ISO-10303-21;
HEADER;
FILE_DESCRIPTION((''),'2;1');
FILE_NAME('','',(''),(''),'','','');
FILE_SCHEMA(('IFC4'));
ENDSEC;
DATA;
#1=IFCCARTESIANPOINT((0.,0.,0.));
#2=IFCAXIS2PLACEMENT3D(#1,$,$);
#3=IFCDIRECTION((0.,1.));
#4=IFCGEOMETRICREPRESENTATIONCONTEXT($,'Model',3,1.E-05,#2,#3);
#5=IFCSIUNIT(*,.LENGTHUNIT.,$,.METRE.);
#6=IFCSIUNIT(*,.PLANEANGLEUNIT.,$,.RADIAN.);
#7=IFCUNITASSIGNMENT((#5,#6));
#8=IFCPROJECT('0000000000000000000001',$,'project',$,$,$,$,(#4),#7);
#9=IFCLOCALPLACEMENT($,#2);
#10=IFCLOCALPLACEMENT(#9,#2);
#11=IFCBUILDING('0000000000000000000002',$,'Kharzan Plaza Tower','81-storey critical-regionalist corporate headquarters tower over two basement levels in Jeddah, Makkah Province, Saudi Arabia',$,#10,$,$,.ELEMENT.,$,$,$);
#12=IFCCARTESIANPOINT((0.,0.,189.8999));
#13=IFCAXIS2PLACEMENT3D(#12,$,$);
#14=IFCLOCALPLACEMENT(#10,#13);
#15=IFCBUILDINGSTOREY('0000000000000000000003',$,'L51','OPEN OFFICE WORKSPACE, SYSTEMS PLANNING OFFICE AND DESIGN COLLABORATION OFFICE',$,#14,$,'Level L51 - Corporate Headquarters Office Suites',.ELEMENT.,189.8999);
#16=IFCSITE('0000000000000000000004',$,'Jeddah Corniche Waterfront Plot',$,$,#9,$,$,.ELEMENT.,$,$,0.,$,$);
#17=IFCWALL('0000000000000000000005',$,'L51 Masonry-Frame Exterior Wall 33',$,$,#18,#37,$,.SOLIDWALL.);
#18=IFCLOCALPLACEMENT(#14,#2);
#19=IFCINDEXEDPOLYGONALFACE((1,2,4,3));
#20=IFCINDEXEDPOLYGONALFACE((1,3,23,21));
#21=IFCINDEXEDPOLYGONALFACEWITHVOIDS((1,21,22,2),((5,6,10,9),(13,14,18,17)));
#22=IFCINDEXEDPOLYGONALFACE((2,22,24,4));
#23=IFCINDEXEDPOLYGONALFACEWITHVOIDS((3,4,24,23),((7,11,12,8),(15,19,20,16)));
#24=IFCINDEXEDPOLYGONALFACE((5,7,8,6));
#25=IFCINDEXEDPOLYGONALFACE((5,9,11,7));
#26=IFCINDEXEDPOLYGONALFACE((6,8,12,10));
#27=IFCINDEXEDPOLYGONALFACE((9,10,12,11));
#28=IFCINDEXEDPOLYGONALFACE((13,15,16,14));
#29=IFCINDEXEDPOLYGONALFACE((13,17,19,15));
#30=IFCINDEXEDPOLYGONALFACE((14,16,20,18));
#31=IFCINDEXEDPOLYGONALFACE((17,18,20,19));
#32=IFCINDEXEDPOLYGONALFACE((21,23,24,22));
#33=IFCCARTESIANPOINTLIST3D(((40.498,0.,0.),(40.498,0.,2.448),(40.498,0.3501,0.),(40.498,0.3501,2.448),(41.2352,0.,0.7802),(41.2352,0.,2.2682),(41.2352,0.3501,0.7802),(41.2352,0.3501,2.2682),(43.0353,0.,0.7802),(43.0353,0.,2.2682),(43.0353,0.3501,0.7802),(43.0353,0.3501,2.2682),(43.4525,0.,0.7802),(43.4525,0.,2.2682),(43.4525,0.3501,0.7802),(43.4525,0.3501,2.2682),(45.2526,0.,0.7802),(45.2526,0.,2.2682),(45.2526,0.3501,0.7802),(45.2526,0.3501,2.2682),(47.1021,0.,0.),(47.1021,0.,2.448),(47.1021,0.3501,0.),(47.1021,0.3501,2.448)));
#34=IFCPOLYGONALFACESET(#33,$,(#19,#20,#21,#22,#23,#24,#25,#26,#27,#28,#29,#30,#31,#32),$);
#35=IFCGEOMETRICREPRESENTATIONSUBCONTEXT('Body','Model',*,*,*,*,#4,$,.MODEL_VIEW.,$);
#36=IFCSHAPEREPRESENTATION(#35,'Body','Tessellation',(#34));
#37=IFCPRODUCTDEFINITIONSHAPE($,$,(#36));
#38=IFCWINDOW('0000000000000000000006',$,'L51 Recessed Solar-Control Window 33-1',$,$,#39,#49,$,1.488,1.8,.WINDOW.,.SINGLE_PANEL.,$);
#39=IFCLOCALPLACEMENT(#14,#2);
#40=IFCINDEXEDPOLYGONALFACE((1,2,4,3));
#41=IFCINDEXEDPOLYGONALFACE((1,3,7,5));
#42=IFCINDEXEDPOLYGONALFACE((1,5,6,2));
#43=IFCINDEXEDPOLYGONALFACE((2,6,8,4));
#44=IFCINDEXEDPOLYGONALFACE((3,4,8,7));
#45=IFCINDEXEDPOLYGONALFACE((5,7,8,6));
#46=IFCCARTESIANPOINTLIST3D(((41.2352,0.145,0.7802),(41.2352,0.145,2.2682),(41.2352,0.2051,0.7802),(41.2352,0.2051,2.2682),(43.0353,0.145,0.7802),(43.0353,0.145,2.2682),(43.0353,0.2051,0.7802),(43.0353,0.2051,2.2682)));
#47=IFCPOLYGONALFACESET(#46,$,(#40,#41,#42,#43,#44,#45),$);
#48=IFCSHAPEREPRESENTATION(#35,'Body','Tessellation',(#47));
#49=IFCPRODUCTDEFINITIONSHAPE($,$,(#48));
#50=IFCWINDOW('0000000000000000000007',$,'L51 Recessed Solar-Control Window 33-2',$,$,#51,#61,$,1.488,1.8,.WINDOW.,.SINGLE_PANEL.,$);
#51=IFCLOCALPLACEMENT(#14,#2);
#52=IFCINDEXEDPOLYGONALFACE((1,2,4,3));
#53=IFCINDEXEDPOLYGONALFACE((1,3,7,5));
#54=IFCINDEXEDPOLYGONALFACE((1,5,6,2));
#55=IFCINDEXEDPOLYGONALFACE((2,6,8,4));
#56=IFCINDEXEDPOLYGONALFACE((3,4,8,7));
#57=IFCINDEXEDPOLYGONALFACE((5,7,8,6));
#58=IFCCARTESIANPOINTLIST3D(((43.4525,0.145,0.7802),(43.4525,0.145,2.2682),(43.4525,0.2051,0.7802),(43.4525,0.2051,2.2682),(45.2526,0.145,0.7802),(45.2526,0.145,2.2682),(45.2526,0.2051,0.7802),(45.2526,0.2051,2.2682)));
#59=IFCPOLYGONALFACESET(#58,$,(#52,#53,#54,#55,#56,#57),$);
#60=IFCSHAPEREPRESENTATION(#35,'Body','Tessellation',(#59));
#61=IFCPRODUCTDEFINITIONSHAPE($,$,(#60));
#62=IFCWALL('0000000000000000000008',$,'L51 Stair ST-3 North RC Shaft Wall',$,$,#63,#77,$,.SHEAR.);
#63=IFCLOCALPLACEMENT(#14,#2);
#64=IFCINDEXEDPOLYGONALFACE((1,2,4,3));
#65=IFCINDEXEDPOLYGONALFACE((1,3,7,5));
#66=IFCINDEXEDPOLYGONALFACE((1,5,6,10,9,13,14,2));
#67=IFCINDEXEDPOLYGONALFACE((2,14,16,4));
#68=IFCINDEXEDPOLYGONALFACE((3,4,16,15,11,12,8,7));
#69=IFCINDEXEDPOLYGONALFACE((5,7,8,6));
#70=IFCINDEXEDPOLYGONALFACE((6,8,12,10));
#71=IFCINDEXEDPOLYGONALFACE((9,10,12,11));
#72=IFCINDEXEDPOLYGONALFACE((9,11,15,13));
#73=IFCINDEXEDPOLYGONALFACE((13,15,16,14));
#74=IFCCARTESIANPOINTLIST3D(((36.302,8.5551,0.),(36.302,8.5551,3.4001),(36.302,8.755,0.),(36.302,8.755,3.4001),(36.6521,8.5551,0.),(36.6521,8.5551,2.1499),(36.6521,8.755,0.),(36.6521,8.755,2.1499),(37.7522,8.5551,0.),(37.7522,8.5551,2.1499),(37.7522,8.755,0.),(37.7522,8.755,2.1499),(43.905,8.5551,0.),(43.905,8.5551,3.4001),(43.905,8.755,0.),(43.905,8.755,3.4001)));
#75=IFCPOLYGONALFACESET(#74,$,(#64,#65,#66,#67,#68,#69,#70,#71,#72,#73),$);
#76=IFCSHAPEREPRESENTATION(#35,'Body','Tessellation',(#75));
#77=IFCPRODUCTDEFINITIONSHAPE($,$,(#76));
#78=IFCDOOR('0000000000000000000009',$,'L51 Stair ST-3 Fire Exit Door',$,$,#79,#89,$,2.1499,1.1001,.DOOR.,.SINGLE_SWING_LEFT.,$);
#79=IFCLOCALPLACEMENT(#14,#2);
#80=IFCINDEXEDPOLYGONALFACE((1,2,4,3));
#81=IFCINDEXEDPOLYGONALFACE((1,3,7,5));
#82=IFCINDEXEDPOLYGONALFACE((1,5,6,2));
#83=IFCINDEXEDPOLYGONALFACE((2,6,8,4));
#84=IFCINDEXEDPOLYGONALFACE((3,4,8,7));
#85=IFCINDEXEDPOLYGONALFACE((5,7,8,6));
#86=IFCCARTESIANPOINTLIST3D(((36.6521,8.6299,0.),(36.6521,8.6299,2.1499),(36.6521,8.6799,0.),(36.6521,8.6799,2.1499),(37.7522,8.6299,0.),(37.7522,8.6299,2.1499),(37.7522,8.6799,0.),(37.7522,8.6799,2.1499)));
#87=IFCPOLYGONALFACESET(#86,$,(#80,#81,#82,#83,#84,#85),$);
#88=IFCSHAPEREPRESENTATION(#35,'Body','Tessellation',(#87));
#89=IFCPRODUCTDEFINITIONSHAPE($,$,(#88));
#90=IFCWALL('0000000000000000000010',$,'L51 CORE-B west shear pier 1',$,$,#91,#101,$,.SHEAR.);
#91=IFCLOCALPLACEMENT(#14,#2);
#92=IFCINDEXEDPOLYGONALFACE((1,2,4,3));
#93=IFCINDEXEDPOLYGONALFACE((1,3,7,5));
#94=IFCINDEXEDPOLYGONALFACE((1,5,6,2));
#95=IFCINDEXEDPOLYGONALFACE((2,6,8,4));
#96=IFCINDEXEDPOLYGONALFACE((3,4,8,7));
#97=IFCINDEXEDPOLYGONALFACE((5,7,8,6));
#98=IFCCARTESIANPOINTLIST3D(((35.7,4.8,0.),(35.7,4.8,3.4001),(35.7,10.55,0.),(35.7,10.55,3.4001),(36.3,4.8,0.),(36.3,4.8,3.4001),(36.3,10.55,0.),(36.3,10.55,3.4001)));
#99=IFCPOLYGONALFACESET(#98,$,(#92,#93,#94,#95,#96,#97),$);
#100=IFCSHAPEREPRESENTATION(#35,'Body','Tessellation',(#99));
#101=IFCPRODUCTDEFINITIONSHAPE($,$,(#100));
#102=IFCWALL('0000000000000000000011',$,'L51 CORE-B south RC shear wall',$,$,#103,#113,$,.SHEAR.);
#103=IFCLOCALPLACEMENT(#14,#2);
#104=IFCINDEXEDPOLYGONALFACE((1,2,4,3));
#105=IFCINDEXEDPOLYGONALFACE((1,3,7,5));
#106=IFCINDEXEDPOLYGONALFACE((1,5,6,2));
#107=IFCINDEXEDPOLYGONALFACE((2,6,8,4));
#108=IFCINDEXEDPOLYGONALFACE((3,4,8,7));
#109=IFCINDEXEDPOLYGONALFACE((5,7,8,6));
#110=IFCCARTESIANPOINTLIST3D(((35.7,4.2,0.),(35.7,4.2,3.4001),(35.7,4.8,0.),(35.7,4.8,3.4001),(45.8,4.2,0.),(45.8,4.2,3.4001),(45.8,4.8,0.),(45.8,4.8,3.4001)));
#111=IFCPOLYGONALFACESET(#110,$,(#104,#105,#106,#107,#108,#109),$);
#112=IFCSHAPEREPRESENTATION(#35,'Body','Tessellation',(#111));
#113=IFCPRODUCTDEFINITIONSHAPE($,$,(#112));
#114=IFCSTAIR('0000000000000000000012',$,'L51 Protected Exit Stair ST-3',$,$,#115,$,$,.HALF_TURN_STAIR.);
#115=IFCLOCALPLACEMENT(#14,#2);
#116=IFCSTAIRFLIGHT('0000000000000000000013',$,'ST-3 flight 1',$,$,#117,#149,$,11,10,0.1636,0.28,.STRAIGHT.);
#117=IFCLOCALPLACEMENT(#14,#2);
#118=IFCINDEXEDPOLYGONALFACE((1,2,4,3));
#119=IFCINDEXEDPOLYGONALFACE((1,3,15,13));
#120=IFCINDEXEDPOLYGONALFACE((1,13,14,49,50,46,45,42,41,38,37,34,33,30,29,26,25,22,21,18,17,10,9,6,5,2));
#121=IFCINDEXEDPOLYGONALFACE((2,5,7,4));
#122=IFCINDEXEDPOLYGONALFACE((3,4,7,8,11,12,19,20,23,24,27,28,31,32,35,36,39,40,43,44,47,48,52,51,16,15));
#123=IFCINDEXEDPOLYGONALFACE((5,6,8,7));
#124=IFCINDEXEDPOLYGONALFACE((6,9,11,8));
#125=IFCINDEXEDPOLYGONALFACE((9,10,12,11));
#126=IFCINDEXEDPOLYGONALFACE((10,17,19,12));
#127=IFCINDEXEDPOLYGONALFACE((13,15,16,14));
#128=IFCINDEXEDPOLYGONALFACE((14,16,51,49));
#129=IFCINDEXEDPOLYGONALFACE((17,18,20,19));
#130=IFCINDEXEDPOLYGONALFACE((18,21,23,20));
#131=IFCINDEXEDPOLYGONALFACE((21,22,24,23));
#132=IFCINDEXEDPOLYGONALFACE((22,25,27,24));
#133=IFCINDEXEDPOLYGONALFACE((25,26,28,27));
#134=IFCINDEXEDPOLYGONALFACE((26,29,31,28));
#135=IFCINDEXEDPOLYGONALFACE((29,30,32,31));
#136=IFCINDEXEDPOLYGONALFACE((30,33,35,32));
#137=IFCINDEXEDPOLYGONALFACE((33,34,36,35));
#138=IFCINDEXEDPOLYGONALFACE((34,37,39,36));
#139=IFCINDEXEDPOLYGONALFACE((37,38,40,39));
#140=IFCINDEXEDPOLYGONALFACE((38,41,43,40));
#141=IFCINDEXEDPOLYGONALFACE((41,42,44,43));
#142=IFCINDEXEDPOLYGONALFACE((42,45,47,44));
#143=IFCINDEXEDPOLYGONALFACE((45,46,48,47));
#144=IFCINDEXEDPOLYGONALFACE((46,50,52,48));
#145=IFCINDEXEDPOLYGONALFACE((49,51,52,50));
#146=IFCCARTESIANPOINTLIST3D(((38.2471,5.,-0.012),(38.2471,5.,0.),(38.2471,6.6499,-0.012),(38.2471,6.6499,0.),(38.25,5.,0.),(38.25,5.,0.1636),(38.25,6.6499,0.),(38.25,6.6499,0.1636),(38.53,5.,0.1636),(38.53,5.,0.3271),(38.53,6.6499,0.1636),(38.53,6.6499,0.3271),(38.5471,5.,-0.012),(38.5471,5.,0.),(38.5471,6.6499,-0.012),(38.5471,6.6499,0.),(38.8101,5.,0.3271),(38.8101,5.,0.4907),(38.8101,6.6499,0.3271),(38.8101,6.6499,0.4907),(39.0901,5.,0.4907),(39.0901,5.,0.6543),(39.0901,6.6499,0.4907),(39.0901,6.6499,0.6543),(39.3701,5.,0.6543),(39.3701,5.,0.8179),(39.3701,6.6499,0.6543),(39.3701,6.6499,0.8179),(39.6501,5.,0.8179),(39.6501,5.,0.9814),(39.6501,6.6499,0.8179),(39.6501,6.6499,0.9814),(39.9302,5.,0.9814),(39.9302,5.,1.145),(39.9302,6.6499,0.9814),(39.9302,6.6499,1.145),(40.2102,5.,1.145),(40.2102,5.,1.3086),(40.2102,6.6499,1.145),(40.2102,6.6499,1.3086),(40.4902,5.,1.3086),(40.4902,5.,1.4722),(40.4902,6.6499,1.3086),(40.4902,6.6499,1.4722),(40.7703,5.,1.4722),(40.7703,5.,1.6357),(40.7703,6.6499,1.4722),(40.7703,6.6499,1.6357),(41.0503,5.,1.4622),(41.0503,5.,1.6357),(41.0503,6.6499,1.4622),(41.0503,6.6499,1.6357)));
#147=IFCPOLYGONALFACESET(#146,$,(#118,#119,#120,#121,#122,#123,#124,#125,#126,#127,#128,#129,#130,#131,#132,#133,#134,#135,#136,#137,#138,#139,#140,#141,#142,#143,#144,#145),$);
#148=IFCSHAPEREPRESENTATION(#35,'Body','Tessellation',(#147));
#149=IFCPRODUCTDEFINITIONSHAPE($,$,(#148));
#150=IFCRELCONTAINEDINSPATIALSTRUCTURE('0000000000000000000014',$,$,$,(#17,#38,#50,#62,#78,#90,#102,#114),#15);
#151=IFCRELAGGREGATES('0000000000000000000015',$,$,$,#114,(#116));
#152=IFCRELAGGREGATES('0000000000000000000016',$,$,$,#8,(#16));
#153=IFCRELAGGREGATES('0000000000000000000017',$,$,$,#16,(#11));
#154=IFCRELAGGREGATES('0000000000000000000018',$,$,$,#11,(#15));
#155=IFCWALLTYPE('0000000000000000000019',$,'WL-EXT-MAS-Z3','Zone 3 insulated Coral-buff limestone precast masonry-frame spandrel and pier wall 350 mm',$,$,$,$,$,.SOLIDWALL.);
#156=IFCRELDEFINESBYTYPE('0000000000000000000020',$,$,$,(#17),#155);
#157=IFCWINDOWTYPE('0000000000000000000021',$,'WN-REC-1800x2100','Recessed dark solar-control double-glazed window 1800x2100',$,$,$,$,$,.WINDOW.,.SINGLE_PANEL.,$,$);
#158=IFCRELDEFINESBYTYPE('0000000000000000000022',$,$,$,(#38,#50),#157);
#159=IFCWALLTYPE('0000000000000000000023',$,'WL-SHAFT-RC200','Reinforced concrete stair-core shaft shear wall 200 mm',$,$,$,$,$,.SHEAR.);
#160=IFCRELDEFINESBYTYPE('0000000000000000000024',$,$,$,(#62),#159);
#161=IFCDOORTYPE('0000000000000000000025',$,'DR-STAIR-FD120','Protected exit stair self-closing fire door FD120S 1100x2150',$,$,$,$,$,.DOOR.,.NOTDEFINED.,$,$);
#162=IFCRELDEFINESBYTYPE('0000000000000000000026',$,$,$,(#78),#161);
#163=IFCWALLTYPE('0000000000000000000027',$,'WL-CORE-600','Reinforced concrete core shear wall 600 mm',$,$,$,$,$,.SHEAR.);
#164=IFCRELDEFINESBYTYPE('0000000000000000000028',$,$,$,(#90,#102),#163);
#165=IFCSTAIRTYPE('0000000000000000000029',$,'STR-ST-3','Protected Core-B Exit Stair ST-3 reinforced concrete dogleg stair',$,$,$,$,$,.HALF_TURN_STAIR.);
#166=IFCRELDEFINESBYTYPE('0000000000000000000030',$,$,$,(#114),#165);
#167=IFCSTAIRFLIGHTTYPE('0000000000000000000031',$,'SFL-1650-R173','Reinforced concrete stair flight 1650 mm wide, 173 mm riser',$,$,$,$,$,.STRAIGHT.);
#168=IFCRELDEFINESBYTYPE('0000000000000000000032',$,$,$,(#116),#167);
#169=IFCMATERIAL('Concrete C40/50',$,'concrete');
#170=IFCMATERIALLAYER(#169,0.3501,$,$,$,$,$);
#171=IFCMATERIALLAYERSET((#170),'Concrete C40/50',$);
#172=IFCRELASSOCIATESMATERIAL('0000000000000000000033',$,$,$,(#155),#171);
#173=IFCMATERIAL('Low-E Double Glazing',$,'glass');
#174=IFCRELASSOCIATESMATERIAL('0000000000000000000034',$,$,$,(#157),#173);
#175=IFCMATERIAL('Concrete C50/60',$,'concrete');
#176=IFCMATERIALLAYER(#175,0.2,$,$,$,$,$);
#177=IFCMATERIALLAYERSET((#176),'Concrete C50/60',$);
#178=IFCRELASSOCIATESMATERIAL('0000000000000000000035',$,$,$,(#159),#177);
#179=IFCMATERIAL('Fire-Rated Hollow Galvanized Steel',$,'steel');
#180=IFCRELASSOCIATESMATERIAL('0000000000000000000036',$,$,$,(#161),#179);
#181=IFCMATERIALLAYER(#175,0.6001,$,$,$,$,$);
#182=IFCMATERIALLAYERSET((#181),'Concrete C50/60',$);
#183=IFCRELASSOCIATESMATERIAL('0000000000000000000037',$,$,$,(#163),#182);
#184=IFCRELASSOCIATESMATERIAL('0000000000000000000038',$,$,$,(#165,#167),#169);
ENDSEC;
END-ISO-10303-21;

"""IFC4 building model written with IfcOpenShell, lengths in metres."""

from ifc_helpers import new_model, si_unit, direction, frame, frame_2d, origin, place, context, subcontext, project, spatial, polyline, rectangle, outline, extrude, source, transform, mapped, material, layer, layer_set, type_object, element, fill, aggregate, save


model = new_model("IFC4")

# Units and contexts
model_context = context("Model", 3, precision=1e-05, world=origin(), true_north=direction((0.0, 1.0)))
body_context = subcontext(model_context, "Body", "Model", "MODEL_VIEW")
ifc_project = project(units=[si_unit("LENGTHUNIT", "METRE"), si_unit("PLANEANGLEUNIT", "RADIAN")], contexts=[model_context])

# Site, building, storey
site_placement = place(None, origin())
site = spatial("IfcSite", under=ifc_project, at=site_placement, Name="Jeddah Corniche Waterfront Plot", CompositionType="ELEMENT", RefElevation=0.0)
building_placement = place(site_placement, origin())
building = spatial("IfcBuilding", under=site, at=building_placement, Name="Kharzan Plaza Tower", Description="81-storey critical-regionalist corporate headquarters tower over two basement levels in Jeddah, Makkah Province, Saudi Arabia", CompositionType="ELEMENT")
storey_placement = place(building_placement, frame((0.0, 0.0, 189.8999)))
storey = spatial("IfcBuildingStorey", under=building, at=storey_placement, Name="L51", Description="OPEN OFFICE WORKSPACE, SYSTEMS PLANNING OFFICE AND DESIGN COLLABORATION OFFICE", LongName="Level L51 - Corporate Headquarters Office Suites", CompositionType="ELEMENT", Elevation=189.8999)

# Shared definitions
ifc_material_1 = material(Name="Concrete C50/60", Category="concrete")

# Shared definitions
ifc_material_2 = material(Name="Concrete C40/50", Category="concrete")
ifc_layer_1 = layer(ifc_material_2, 0.3501)
ifc_layer_set_1 = layer_set([ifc_layer_1], Name="Concrete C40/50")
wall_type_1 = type_object("IfcWallType", Name="WL-EXT-MAS-Z3", Description="Zone 3 insulated Coral-buff limestone precast masonry-frame spandrel and pier wall 350 mm", PredefinedType="SOLIDWALL", material=ifc_layer_set_1)
ifc_material_3 = material(Name="Low-E Double Glazing", Category="glass")

# Wall, openings, windows
wall_1_placement = place(storey_placement, frame((40.498, 0.175, 0.0), z_axis=(0.0, 0.0, 1.0), x_axis=(1.0, 0.0, 0.0)))
wall_1 = element("IfcWall", 1, at=wall_1_placement, inside=storey, type_object=wall_type_1, Name="L51 Masonry-Frame Exterior Wall 33", PredefinedType="SOLIDWALL", context=body_context, shape_type="SweptSolid", body=[
    extrude(rectangle(XDim=6.604, YDim=0.3501, at=frame_2d((3.302, 0.0))), origin(), (0.0, 0.0, 1.0), 2.448),
])
opening_1_placement = place(wall_1_placement, frame((0.7373, 0.0, 0.78)))
opening_1 = element("IfcOpeningElement", 2, at=opening_1_placement, cuts=wall_1, PredefinedType="OPENING", context=body_context, shape_type="SweptSolid", body=[
    extrude(rectangle(XDim=1.8, YDim=1.488, at=frame_2d((0.8999, 0.7441))), frame((0.0, 0.1851, 0.0), z_axis=(0.0, -1.0, 0.0), x_axis=(1.0, 0.0, 0.0)), (0.0, 0.0, 1.0), 0.3701),
])
opening_2_placement = place(wall_1_placement, frame((2.9546, 0.0, 0.78)))
opening_2 = element("IfcOpeningElement", 3, at=opening_2_placement, cuts=wall_1, PredefinedType="OPENING", context=body_context, shape_type="SweptSolid", body=[
    extrude(rectangle(XDim=1.8, YDim=1.488, at=frame_2d((0.8999, 0.7441))), frame((0.0, 0.1851, 0.0), z_axis=(0.0, -1.0, 0.0), x_axis=(1.0, 0.0, 0.0)), (0.0, 0.0, 1.0), 0.3701),
])
window_type_1 = type_object("IfcWindowType", Name="WN-REC-1800x2100", Description="Recessed dark solar-control double-glazed window 1800x2100", PartitioningType="SINGLE_PANEL", PredefinedType="WINDOW", material=ifc_material_3)
shared_shape_1 = source(origin(), body_context, "Body", "SweptSolid", [
    extrude(rectangle(XDim=1.8, YDim=1.488, at=frame_2d((0.8999, 0.7441))), frame((0.0, 0.03, 0.0), z_axis=(0.0, -1.0, 0.0), x_axis=(1.0, 0.0, 0.0)), (0.0, 0.0, 1.0), 0.0601),
])
window_1_placement = place(opening_1_placement, origin())
window_1 = element("IfcWindow", 4, at=window_1_placement, inside=storey, type_object=window_type_1, Name="L51 Recessed Solar-Control Window 33-1", OverallHeight=1.488, OverallWidth=1.8, PartitioningType="SINGLE_PANEL", PredefinedType="WINDOW", context=body_context, shape_type="MappedRepresentation", body=[
    mapped(shared_shape_1, transform((0.0, 0.0, 0.0), x_axis=(1.0, 0.0, 0.0), y_axis=(0.0, 1.0, 0.0), z_axis=(0.0, 0.0, 1.0))),
])
fill(opening_1, window_1)
window_2_placement = place(opening_2_placement, origin())
window_2 = element("IfcWindow", 5, at=window_2_placement, inside=storey, type_object=window_type_1, Name="L51 Recessed Solar-Control Window 33-2", OverallHeight=1.488, OverallWidth=1.8, PartitioningType="SINGLE_PANEL", PredefinedType="WINDOW", context=body_context, shape_type="MappedRepresentation", body=[
    mapped(shared_shape_1, transform((0.0, 0.0, 0.0), x_axis=(1.0, 0.0, 0.0), y_axis=(0.0, 1.0, 0.0), z_axis=(0.0, 0.0, 1.0))),
])
fill(opening_2, window_2)

# Wall, opening, door
ifc_layer_2 = layer(ifc_material_1, 0.2)
ifc_layer_set_2 = layer_set([ifc_layer_2], Name="Concrete C50/60")
wall_type_2 = type_object("IfcWallType", Name="WL-SHAFT-RC200", Description="Reinforced concrete stair-core shaft shear wall 200 mm", PredefinedType="SHEAR", material=ifc_layer_set_2)
wall_2_placement = place(storey_placement, frame((36.302, 8.655, 0.0), z_axis=(0.0, 0.0, 1.0), x_axis=(1.0, 0.0, 0.0)))
wall_2 = element("IfcWall", 6, at=wall_2_placement, inside=storey, type_object=wall_type_2, Name="L51 Stair ST-3 North RC Shaft Wall", PredefinedType="SHEAR", context=body_context, shape_type="SweptSolid", body=[
    extrude(rectangle(XDim=7.603, YDim=0.2, at=frame_2d((3.8015, 0.0))), origin(), (0.0, 0.0, 1.0), 3.4001),
])
opening_3_placement = place(wall_2_placement, frame((0.3501, 0.0, 0.0)))
opening_3 = element("IfcOpeningElement", 7, at=opening_3_placement, cuts=wall_2, PredefinedType="OPENING", context=body_context, shape_type="SweptSolid", body=[
    extrude(rectangle(XDim=1.1001, YDim=2.1499, at=frame_2d((0.55, 1.075))), frame((0.0, 0.1099, 0.0), z_axis=(0.0, -1.0, 0.0), x_axis=(1.0, 0.0, 0.0)), (0.0, 0.0, 1.0), 0.22),
])
ifc_material_4 = material(Name="Fire-Rated Hollow Galvanized Steel", Category="steel")
door_type = type_object("IfcDoorType", Name="DR-STAIR-FD120", Description="Protected exit stair self-closing fire door FD120S 1100x2150", OperationType="NOTDEFINED", PredefinedType="DOOR", material=ifc_material_4)
shared_shape_2 = source(origin(), body_context, "Body", "SweptSolid", [
    extrude(rectangle(XDim=1.1001, YDim=2.1499, at=frame_2d((0.55, 1.075))), frame((0.0, 0.0249, 0.0), z_axis=(0.0, -1.0, 0.0), x_axis=(1.0, 0.0, 0.0)), (0.0, 0.0, 1.0), 0.05),
])
door_placement = place(opening_3_placement, origin())
door = element("IfcDoor", 8, at=door_placement, inside=storey, type_object=door_type, Name="L51 Stair ST-3 Fire Exit Door", OperationType="SINGLE_SWING_LEFT", OverallHeight=2.1499, OverallWidth=1.1001, PredefinedType="DOOR", context=body_context, shape_type="MappedRepresentation", body=[
    mapped(shared_shape_2, transform((0.0, 0.0, 0.0), x_axis=(1.0, 0.0, 0.0), y_axis=(0.0, 1.0, 0.0), z_axis=(0.0, 0.0, 1.0))),
])
fill(opening_3, door)

# Walls
ifc_layer_3 = layer(ifc_material_1, 0.6001)
ifc_layer_set_3 = layer_set([ifc_layer_3], Name="Concrete C50/60")
wall_type_3 = type_object("IfcWallType", Name="WL-CORE-600", Description="Reinforced concrete core shear wall 600 mm", PredefinedType="SHEAR", material=ifc_layer_set_3)
shared_shape_3 = source(origin(), body_context, "Body", "SweptSolid", [
    extrude(rectangle(XDim=5.75, YDim=0.6001, at=frame_2d((2.875, 0.0))), origin(), (0.0, 0.0, 1.0), 3.4001),
])
wall_3_placement = place(storey_placement, frame((36.0, 4.8, 0.0), z_axis=(0.0, 0.0, 1.0), x_axis=(0.0, 1.0, 0.0)))
element("IfcWall", 9, at=wall_3_placement, inside=storey, type_object=wall_type_3, Name="L51 CORE-B west shear pier 1", PredefinedType="SHEAR", context=body_context, shape_type="MappedRepresentation", body=[
    mapped(shared_shape_3, transform((0.0, 0.0, 0.0), x_axis=(1.0, 0.0, 0.0), y_axis=(0.0, 1.0, 0.0), z_axis=(0.0, 0.0, 1.0))),
])
shared_shape_4 = source(origin(), body_context, "Body", "SweptSolid", [
    extrude(rectangle(XDim=10.1001, YDim=0.6001, at=frame_2d((5.05, 0.0))), origin(), (0.0, 0.0, 1.0), 3.4001),
])
wall_4_placement = place(storey_placement, frame((35.7, 4.5, 0.0), z_axis=(0.0, 0.0, 1.0), x_axis=(1.0, 0.0, 0.0)))
element("IfcWall", 10, at=wall_4_placement, inside=storey, type_object=wall_type_3, Name="L51 CORE-B south RC shear wall", PredefinedType="SHEAR", context=body_context, shape_type="MappedRepresentation", body=[
    mapped(shared_shape_4, transform((0.0, 0.0, 0.0), x_axis=(1.0, 0.0, 0.0), y_axis=(0.0, 1.0, 0.0), z_axis=(0.0, 0.0, 1.0))),
])

# Stair, stair flight
stair_type = type_object("IfcStairType", Name="STR-ST-3", Description="Protected Core-B Exit Stair ST-3 reinforced concrete dogleg stair", PredefinedType="HALF_TURN_STAIR", material=ifc_material_2)
stair_placement = place(storey_placement, origin())
stair = element("IfcStair", 11, at=stair_placement, inside=storey, type_object=stair_type, Name="L51 Protected Exit Stair ST-3", PredefinedType="HALF_TURN_STAIR")
stair_flight_type = type_object("IfcStairFlightType", Name="SFL-1650-R173", Description="Reinforced concrete stair flight 1650 mm wide, 173 mm riser", PredefinedType="STRAIGHT", material=ifc_material_2)
shared_shape_5 = source(origin(), body_context, "Body", "SweptSolid", [
    extrude(outline(polyline([(-0.0029, -0.012), (-0.0029, 0.0), (0.0, 0.0), (0.0, 0.1636), (0.28, 0.1636), (0.28, 0.3271), (0.5601, 0.3271), (0.5601, 0.4907), (0.8401, 0.4907), (0.8401, 0.6543), (1.1201, 0.6543), (1.1201, 0.8179), (1.4001, 0.8179), (1.4001, 0.9814), (1.6802, 0.9814), (1.6802, 1.145), (1.9602, 1.145), (1.9602, 1.3086), (2.2402, 1.3086), (2.2402, 1.4722), (2.5203, 1.4722), (2.5203, 1.6357), (2.8003, 1.6357), (2.8003, 1.7993), (2.8003, 1.4622), (0.2971, 0.0), (0.2971, -0.012), (-0.0029, -0.012)])), frame((0.0, 0.825, 0.0), z_axis=(0.0, -1.0, 0.0), x_axis=(1.0, 0.0, 0.0)), (0.0, 0.0, 1.0), 1.6499),
])
stair_flight_placement = place(storey_placement, frame((38.25, 5.825, 0.0), z_axis=(0.0, 0.0, 1.0), x_axis=(1.0, 0.0, 0.0)))
stair_flight = element("IfcStairFlight", 12, at=stair_flight_placement, type_object=stair_flight_type, Name="ST-3 flight 1", NumberOfRisers=11, NumberOfTreads=10, PredefinedType="STRAIGHT", RiserHeight=0.1636, TreadLength=0.28, context=body_context, shape_type="MappedRepresentation", body=[
    mapped(shared_shape_5, transform((0.0, 0.0, 0.0), x_axis=(1.0, 0.0, 0.0), y_axis=(0.0, 1.0, 0.0), z_axis=(0.0, 0.0, 1.0))),
])
aggregate(stair, [stair_flight])

save(model, "model.ifc")
